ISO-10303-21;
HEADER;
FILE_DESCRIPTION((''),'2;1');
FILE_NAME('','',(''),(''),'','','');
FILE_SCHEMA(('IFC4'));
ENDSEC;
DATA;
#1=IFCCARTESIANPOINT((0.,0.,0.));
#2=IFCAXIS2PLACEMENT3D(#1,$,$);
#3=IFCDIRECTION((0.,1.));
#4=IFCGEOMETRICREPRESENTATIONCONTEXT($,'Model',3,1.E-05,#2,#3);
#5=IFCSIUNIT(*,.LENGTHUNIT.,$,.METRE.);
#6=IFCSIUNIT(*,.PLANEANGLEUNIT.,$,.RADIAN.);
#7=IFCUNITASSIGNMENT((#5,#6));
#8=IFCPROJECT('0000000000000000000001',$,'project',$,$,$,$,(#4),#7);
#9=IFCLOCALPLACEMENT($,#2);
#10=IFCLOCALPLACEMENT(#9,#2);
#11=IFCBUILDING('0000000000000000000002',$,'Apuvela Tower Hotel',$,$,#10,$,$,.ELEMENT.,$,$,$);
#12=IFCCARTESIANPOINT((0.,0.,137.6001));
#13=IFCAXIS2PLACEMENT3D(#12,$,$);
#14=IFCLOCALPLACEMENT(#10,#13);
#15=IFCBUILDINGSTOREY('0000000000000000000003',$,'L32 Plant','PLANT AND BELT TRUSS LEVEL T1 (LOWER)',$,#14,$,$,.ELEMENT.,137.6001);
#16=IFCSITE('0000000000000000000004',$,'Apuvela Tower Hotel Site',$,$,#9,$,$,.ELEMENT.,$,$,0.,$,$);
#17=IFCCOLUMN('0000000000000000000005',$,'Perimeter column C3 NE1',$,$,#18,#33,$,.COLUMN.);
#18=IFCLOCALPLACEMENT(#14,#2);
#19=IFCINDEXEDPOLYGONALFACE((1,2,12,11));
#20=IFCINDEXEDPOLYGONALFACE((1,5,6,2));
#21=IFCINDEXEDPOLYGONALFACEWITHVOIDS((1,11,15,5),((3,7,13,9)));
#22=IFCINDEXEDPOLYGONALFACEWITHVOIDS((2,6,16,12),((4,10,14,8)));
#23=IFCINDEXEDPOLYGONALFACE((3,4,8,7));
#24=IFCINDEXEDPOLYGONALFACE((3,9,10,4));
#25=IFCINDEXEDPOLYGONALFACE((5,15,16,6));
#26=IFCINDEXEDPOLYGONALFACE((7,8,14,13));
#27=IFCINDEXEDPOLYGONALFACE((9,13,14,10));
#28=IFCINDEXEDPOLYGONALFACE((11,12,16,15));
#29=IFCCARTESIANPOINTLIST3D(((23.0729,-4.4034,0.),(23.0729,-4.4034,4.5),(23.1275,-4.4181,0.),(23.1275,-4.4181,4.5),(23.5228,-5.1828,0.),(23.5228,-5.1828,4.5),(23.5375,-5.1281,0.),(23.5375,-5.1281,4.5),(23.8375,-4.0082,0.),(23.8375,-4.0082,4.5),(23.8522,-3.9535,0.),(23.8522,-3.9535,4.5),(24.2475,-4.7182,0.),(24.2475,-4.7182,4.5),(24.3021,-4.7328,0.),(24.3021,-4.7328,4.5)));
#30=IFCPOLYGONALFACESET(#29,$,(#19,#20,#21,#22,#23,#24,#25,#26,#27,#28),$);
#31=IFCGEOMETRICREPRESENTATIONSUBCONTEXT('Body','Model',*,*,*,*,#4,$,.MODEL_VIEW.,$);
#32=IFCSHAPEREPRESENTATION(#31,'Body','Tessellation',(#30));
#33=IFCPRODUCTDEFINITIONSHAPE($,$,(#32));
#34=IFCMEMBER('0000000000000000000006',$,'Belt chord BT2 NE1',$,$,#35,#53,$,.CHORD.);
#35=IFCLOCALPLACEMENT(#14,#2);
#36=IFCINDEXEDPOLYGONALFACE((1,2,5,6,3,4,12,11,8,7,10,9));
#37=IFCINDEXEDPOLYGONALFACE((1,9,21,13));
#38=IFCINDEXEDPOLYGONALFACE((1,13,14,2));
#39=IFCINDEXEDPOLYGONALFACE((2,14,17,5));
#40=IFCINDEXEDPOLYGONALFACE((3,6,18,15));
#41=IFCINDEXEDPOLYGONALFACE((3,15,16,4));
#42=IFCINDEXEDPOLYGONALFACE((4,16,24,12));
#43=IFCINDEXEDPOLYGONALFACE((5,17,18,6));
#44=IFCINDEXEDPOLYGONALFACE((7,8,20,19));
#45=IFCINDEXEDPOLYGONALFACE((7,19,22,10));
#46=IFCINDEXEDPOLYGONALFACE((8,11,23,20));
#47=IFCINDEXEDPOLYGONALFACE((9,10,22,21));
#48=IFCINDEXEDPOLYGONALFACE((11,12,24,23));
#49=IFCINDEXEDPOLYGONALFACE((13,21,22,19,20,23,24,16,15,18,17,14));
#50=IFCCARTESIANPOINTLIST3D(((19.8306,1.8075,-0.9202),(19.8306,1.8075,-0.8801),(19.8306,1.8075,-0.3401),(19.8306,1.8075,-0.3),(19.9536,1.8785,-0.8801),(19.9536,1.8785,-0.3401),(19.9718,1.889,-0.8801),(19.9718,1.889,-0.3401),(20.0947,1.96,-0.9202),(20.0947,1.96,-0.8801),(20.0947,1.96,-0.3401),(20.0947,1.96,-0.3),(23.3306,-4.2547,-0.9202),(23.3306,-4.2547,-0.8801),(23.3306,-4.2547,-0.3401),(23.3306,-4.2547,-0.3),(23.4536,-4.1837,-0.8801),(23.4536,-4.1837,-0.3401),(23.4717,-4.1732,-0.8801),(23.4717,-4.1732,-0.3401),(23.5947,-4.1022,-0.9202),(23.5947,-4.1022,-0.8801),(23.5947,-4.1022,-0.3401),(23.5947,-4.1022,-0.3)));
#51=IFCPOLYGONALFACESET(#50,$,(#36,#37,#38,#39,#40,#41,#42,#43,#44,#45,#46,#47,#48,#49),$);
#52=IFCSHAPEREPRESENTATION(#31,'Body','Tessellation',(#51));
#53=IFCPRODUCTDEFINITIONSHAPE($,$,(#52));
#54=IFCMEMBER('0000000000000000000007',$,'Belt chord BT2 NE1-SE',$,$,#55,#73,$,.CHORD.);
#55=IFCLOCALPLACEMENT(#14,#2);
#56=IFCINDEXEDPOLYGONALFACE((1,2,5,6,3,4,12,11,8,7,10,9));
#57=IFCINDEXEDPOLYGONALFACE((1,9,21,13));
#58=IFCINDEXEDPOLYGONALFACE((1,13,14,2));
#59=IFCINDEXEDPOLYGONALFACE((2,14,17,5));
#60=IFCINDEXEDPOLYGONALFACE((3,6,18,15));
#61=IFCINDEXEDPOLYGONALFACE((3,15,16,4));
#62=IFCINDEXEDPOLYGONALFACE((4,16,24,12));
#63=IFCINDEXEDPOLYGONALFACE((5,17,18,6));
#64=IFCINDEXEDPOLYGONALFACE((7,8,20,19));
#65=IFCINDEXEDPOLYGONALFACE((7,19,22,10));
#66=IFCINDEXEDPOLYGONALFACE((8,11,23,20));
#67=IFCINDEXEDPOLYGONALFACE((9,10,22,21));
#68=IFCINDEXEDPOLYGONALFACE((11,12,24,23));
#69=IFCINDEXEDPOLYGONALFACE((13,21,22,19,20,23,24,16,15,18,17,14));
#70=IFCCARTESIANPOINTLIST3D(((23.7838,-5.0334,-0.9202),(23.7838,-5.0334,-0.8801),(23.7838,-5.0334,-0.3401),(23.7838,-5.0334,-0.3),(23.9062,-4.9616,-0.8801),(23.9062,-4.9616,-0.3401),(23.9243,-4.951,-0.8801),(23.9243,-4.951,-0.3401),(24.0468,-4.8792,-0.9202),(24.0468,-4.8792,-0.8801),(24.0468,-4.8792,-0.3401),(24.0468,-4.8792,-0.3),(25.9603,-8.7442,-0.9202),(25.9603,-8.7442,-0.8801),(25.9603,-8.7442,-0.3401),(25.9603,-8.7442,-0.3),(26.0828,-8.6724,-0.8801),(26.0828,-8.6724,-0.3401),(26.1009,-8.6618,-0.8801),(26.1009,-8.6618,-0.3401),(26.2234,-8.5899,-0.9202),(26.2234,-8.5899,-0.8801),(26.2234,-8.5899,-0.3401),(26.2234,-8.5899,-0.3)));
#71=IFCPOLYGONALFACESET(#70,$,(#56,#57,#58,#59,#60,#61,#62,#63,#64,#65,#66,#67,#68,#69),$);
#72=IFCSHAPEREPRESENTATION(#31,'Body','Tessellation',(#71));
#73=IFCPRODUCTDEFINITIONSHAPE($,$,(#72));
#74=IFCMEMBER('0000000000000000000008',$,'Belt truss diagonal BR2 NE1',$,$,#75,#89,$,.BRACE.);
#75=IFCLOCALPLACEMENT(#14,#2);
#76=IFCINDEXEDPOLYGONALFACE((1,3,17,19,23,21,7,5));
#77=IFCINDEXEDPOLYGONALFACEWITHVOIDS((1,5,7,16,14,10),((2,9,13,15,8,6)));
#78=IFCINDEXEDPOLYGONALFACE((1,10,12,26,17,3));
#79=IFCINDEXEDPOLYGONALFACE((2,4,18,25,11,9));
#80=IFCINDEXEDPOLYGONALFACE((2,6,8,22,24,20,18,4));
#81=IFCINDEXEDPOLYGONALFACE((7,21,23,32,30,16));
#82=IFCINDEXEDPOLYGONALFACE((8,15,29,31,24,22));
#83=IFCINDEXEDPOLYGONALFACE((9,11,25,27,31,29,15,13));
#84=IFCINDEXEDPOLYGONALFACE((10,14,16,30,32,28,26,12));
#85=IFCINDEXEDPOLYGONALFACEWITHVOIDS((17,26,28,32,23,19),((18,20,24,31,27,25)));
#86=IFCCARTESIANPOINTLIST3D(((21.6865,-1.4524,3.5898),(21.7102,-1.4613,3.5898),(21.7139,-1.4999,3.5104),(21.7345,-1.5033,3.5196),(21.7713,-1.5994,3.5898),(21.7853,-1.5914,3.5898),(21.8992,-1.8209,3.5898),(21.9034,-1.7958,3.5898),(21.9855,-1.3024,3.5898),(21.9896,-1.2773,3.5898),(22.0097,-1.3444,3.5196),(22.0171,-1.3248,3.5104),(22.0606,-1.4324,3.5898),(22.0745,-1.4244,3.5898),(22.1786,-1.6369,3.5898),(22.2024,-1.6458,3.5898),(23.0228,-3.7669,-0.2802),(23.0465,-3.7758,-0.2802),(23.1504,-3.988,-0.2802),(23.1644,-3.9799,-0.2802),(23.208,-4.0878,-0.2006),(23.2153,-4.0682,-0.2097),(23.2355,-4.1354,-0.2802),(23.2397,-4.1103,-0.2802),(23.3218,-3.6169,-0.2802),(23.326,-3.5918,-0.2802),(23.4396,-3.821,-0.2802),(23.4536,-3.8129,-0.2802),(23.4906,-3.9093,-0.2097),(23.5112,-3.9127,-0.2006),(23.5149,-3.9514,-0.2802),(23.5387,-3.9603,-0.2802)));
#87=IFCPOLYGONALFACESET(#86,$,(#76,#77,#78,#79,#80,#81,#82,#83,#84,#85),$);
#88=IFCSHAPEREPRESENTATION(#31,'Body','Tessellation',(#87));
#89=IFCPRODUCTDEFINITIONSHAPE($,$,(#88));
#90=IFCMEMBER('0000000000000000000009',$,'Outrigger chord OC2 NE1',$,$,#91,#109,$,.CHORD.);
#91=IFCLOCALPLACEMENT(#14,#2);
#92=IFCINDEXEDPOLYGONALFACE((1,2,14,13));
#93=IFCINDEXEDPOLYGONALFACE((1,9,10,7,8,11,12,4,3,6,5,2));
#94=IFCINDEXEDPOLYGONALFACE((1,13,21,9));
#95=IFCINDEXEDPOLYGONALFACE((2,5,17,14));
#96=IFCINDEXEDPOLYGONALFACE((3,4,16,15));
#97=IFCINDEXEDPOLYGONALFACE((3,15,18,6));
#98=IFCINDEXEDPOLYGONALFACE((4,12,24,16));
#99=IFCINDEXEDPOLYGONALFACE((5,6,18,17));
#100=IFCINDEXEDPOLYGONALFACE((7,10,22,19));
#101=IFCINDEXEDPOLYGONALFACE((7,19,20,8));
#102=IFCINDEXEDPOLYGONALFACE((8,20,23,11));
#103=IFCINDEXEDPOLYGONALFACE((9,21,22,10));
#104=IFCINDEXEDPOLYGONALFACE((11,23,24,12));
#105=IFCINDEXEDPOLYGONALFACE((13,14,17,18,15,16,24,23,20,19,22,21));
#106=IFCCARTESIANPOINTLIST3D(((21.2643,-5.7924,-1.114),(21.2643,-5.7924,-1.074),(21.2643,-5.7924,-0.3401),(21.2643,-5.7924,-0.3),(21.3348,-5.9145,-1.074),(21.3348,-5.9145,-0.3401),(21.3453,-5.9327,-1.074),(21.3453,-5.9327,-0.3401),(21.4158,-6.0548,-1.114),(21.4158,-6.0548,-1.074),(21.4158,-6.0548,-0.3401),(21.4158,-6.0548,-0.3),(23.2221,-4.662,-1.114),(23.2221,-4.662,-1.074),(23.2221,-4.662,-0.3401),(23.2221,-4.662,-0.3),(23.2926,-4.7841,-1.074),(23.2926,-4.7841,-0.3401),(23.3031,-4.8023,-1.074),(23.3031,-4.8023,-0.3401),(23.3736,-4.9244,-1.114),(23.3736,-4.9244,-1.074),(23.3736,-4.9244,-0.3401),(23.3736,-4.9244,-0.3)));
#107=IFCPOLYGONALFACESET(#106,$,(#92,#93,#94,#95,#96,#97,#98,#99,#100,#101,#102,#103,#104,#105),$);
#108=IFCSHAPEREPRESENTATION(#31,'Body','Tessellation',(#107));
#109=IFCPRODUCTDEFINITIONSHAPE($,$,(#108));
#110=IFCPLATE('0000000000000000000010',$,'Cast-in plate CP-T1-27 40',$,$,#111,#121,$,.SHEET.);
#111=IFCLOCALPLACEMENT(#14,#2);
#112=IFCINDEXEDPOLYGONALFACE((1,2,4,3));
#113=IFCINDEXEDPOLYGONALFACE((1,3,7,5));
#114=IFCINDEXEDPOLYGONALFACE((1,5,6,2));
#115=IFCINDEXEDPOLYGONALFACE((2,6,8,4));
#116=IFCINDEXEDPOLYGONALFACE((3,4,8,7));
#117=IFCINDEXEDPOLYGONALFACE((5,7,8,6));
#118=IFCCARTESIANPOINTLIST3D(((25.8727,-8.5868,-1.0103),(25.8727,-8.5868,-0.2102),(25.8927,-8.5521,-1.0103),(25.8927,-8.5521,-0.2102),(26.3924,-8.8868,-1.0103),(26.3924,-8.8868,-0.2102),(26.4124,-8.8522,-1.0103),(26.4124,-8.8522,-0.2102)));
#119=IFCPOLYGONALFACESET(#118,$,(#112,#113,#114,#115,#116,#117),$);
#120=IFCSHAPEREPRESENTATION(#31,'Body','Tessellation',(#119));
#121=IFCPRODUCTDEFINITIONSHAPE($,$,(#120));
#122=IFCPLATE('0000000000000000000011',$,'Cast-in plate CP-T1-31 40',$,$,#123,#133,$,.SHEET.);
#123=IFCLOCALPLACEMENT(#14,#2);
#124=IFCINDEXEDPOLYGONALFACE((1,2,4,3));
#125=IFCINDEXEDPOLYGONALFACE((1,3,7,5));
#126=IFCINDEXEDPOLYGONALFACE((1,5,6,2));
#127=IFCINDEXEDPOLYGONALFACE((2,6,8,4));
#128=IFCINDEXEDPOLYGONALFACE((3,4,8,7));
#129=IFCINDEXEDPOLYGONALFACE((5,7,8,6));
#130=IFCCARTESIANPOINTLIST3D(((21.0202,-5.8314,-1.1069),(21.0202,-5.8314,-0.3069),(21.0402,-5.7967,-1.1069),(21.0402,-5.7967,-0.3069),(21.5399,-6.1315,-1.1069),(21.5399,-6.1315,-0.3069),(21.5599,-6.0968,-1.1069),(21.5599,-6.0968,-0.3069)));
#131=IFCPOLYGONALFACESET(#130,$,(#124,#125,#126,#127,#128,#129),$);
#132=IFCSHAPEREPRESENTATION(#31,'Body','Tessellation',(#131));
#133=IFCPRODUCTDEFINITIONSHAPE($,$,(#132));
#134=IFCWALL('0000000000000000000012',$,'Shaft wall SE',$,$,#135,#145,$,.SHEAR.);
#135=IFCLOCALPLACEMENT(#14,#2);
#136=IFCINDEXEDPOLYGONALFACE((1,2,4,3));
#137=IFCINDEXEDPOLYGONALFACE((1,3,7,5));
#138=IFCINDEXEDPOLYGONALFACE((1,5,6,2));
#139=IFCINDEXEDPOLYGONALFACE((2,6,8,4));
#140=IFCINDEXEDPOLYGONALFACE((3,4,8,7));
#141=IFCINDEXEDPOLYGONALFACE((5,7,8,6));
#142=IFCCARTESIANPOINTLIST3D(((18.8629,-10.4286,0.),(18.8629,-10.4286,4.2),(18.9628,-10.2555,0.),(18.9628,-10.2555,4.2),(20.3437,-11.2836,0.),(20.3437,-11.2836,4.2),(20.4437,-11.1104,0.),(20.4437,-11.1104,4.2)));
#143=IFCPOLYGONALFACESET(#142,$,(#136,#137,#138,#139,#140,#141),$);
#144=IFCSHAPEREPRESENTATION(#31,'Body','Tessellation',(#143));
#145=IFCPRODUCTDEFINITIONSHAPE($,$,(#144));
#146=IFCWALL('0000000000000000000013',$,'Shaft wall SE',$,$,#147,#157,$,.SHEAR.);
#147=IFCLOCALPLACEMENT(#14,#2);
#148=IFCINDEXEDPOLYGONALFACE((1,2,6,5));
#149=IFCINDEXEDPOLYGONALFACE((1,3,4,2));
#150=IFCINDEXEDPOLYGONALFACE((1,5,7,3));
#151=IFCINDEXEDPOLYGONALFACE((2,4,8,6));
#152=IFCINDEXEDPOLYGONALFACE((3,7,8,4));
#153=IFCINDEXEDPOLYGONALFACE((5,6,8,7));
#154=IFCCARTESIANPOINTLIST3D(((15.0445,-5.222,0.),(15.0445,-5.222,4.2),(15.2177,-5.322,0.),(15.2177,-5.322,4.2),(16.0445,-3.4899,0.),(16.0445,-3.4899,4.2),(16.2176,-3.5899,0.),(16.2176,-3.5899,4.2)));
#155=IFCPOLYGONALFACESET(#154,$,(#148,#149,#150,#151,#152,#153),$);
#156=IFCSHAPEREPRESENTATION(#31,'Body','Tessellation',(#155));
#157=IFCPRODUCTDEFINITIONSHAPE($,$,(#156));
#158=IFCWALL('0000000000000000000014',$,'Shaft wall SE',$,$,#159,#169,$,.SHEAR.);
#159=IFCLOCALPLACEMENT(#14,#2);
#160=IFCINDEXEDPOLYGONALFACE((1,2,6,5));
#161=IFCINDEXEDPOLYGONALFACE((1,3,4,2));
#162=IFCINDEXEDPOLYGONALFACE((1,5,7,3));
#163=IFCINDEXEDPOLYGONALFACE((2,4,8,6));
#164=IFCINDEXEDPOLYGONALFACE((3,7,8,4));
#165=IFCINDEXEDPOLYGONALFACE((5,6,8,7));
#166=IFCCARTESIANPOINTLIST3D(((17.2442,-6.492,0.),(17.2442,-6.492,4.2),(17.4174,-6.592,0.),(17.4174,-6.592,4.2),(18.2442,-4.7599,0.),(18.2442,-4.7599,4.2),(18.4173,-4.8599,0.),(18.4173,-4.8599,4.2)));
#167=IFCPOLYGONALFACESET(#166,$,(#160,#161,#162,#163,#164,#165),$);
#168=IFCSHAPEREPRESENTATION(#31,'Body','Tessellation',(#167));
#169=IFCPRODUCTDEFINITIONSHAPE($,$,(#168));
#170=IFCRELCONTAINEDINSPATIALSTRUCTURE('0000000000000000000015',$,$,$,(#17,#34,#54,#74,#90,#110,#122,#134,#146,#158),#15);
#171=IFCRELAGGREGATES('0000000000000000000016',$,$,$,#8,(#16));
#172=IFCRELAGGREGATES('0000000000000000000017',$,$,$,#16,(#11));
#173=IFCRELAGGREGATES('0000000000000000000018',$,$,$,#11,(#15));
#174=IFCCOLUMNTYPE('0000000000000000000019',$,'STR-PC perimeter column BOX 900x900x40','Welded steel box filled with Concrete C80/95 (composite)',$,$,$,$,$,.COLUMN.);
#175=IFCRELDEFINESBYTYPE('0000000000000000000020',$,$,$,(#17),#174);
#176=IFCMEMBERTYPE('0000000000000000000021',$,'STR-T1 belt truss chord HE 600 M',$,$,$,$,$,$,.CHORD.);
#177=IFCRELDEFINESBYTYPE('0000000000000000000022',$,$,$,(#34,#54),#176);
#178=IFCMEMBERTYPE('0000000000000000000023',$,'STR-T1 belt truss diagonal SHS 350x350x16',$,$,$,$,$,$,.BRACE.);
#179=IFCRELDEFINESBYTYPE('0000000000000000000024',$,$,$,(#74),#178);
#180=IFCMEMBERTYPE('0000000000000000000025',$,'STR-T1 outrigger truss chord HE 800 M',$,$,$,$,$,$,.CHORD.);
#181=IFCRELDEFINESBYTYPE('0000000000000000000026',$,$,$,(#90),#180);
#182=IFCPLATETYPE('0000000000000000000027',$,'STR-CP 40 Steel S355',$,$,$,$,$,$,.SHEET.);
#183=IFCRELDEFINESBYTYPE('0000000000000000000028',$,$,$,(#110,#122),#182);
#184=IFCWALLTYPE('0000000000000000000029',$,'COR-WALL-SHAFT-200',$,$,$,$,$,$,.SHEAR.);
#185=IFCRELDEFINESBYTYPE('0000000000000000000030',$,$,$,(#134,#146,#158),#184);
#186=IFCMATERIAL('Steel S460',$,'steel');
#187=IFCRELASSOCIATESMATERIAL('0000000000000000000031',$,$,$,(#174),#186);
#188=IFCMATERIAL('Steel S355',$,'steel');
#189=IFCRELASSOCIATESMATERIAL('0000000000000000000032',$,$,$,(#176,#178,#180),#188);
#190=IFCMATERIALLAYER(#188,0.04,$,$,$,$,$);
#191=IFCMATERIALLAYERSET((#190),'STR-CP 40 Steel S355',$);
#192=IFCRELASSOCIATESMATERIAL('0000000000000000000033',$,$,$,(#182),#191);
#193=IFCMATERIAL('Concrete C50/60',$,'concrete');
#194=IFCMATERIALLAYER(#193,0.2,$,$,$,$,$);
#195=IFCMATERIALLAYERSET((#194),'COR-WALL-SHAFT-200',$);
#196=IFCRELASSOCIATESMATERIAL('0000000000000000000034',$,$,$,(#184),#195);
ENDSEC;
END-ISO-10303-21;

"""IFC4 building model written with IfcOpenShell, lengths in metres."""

from ifc_helpers import new_model, si_unit, direction, frame, frame_2d, origin, origin_2d, place, context, subcontext, project, spatial, rectangle, hollow_rectangle, i_section, extrude, boolean, halfspace, material, layer, layer_set, material_profile, profile_set, type_object, element, save


model = new_model("IFC4")

# Units and contexts
model_context = context("Model", 3, precision=1e-05, world=origin(), true_north=direction((0.0, 1.0)))
body_context = subcontext(model_context, "Body", "Model", "MODEL_VIEW")
ifc_project = project(units=[si_unit("LENGTHUNIT", "METRE"), si_unit("PLANEANGLEUNIT", "RADIAN")], contexts=[model_context])

# Site, building, storey
site_placement = place(None, origin())
site = spatial("IfcSite", under=ifc_project, at=site_placement, Name="Apuvela Tower Hotel Site", CompositionType="ELEMENT", RefElevation=0.0)
building_placement = place(site_placement, origin())
building = spatial("IfcBuilding", under=site, at=building_placement, Name="Apuvela Tower Hotel", CompositionType="ELEMENT")
storey_placement = place(building_placement, frame((0.0, 0.0, 137.6001)))
storey = spatial("IfcBuildingStorey", under=building, at=storey_placement, Name="L32 Plant", Description="PLANT AND BELT TRUSS LEVEL T1 (LOWER)", CompositionType="ELEMENT", Elevation=137.6001)

# Column
ifc_material_1 = material(Name="Steel S460", Category="steel")
ifc_material_profile_1 = material_profile(ifc_material_1, hollow_rectangle(XDim=0.8999, YDim=0.8999, WallThickness=0.04, at=origin_2d()), Name="BOX 900x900x40")
ifc_material_2 = material(Name="Concrete C80/95", Category="concrete")
ifc_material_profile_2 = material_profile(ifc_material_2, rectangle(XDim=0.8201, YDim=0.8201, at=origin_2d()), Name="Concrete C80/95 infill")
ifc_profile_set_1 = profile_set([ifc_material_profile_1, ifc_material_profile_2], Name="Steel S460")
column_type = type_object("IfcColumnType", Name="STR-PC perimeter column BOX 900x900x40", Description="Welded steel box filled with Concrete C80/95 (composite)", PredefinedType="COLUMN", material=ifc_profile_set_1)
column_placement = place(storey_placement, frame((23.6875, -4.5681, 0.0), z_axis=(0.0, 0.0, 1.0), x_axis=(-0.5, 0.866025, 0.0)))
element("IfcColumn", 1, at=column_placement, inside=storey, type_object=column_type, Name="Perimeter column C3 NE1", PredefinedType="COLUMN", context=body_context, shape_type="SweptSolid", body=[
    extrude(hollow_rectangle(XDim=0.8999, YDim=0.8999, WallThickness=0.04, at=origin_2d()), origin(), (0.0, 0.0, 1.0), 4.5),
])

# Members
ifc_material_3 = material(Name="Steel S355", Category="steel")
ifc_material_profile_3 = material_profile(ifc_material_3, i_section(OverallWidth=0.3049, OverallDepth=0.6201, WebThickness=0.021, FlangeThickness=0.04, at=origin_2d()), Name="HE 600 M")
ifc_profile_set_2 = profile_set([ifc_material_profile_3], Name="Steel S355")
member_type_1 = type_object("IfcMemberType", Name="STR-T1 belt truss chord HE 600 M", PredefinedType="CHORD", material=ifc_profile_set_2)
member_1_placement = place(storey_placement, frame((23.4626, -4.1785, -0.6101), z_axis=(-0.499995, 0.866028, 0.0), x_axis=(-0.866028, -0.499995, 0.0)))
element("IfcMember", 2, at=member_1_placement, inside=storey, type_object=member_type_1, Name="Belt chord BT2 NE1", PredefinedType="CHORD", context=body_context, shape_type="SweptSolid", body=[
    extrude(i_section(OverallWidth=0.3049, OverallDepth=0.6201, WebThickness=0.021, FlangeThickness=0.04, at=origin_2d()), origin(), (0.0, 0.0, 1.0), 7.0),
])
member_2_placement = place(storey_placement, frame((23.9153, -4.9563, -0.6101), z_axis=(0.505941, -0.862568, 0.0), x_axis=(0.862568, 0.505941, 0.0)))
element("IfcMember", 3, at=member_2_placement, inside=storey, type_object=member_type_1, Name="Belt chord BT2 NE1-SE", PredefinedType="CHORD", context=body_context, shape_type="SweptSolid", body=[
    extrude(i_section(OverallWidth=0.3049, OverallDepth=0.6201, WebThickness=0.021, FlangeThickness=0.04, at=origin_2d()), origin(), (0.0, 0.0, 1.0), 4.302),
])
ifc_material_profile_4 = material_profile(ifc_material_3, hollow_rectangle(XDim=0.3501, YDim=0.3501, WallThickness=0.0161, at=origin_2d()), Name="SHS 350x350x16")
ifc_profile_set_3 = profile_set([ifc_material_profile_4], Name="Steel S355")
member_type_2 = type_object("IfcMemberType", Name="STR-T1 belt truss diagonal SHS 350x350x16", PredefinedType="BRACE", material=ifc_profile_set_3)
member_3_placement = place(storey_placement, frame((23.2876, -3.8755, -0.3), z_axis=(-0.284132, 0.492119, 0.822853), x_axis=(0.411434, -0.712607, 0.568254)))
solid_1 = boolean("DIFFERENCE", boolean("DIFFERENCE", extrude(hollow_rectangle(XDim=0.3501, YDim=0.3501, WallThickness=0.0161, at=origin_2d()), frame((0.0, 0.0, -0.2407)), (0.0, 0.0, 1.0), 5.2332), halfspace(frame((0.0, 0.0, 0.0242), z_axis=(0.568254, 0.0, 0.822853), x_axis=(0.822853, 0.0, -0.568254)), True)), halfspace(frame((0.0, 0.0, 4.7273), z_axis=(0.568254, 0.0, 0.822853), x_axis=(0.822853, 0.0, -0.568254)), False))
element("IfcMember", 4, at=member_3_placement, inside=storey, type_object=member_type_2, Name="Belt truss diagonal BR2 NE1", PredefinedType="BRACE", context=body_context, shape_type="SweptSolid", body=[
    boolean("UNION", boolean("DIFFERENCE", boolean("DIFFERENCE", extrude(hollow_rectangle(XDim=0.3501, YDim=0.3501, WallThickness=0.0161, at=origin_2d()), origin(), (0.0, 0.0, 1.0), 4.7517), halfspace(frame((0.0, 0.0, 0.0242), z_axis=(0.568254, 0.0, 0.822853), x_axis=(0.822853, 0.0, -0.568254)), True)), halfspace(frame((0.0, 0.0, 4.7273), z_axis=(0.568254, 0.0, 0.822853), x_axis=(0.822853, 0.0, -0.568254)), False)), solid_1),
])
ifc_material_profile_5 = material_profile(ifc_material_3, i_section(OverallWidth=0.303, OverallDepth=0.814, WebThickness=0.021, FlangeThickness=0.04, at=origin_2d()), Name="HE 800 M")
ifc_profile_set_4 = profile_set([ifc_material_profile_5], Name="Steel S355")
member_type_3 = type_object("IfcMemberType", Name="STR-T1 outrigger truss chord HE 800 M", PredefinedType="CHORD", material=ifc_profile_set_4)
member_4_placement = place(storey_placement, frame((23.2979, -4.7932, -0.707), z_axis=(-0.866015, -0.500018, 0.0), x_axis=(0.500018, -0.866015, 0.0)))
element("IfcMember", 5, at=member_4_placement, inside=storey, type_object=member_type_3, Name="Outrigger chord OC2 NE1", PredefinedType="CHORD", context=body_context, shape_type="SweptSolid", body=[
    extrude(i_section(OverallWidth=0.303, OverallDepth=0.814, WebThickness=0.021, FlangeThickness=0.04, at=origin_2d()), origin(), (0.0, 0.0, 1.0), 2.2607),
])

# Plates
ifc_layer_1 = layer(ifc_material_3, 0.04)
ifc_layer_set_1 = layer_set([ifc_layer_1], Name="STR-CP 40 Steel S355")
plate_type = type_object("IfcPlateType", Name="STR-CP 40 Steel S355", PredefinedType="SHEET", material=ifc_layer_set_1)
for number, where, z_axis, x_axis, name in (
    (6, (26.1426, -8.7195, -1.0103), (0.0, 0.0, 1.0), (0.5, 0.866025, 0.0), "Cast-in plate CP-T1-27 40"),
    (7, (21.29, -5.9641, -1.1069), (0.0, 0.0, 1.0), (-0.5, -0.866025, 0.0), "Cast-in plate CP-T1-31 40"),
):
    element("IfcPlate", number, at=place(storey_placement, frame(where, z_axis=z_axis, x_axis=x_axis)), inside=storey, type_object=plate_type, Name=name, PredefinedType="SHEET", context=body_context, shape_type="SweptSolid", body=[
        extrude(rectangle(XDim=0.04, YDim=0.6001, at=origin_2d()), origin(), (0.0, 0.0, 1.0), 0.8),
    ])

# Walls
ifc_material_4 = material(Name="Concrete C50/60", Category="concrete")
ifc_layer_2 = layer(ifc_material_4, 0.2)
ifc_layer_set_2 = layer_set([ifc_layer_2], Name="COR-WALL-SHAFT-200")
wall_type_1 = type_object("IfcWallType", Name="COR-WALL-SHAFT-200", PredefinedType="SHEAR", material=ifc_layer_set_2)
wall_1_placement = place(storey_placement, frame((18.9128, -10.342, 0.0), z_axis=(0.0, 0.0, 1.0), x_axis=(0.866038, -0.499978, 0.0)))
element("IfcWall", 8, at=wall_1_placement, inside=storey, type_object=wall_type_1, Name="Shaft wall SE", PredefinedType="SHEAR", context=body_context, shape_type="SweptSolid", body=[
    extrude(rectangle(XDim=1.71, YDim=0.2, at=frame_2d((0.855, 0.0))), origin(), (0.0, 0.0, 1.0), 4.2),
])
for number, where, z_axis, x_axis, name in (
    (9, (15.1311, -5.272, 0.0), (0.0, 0.0, 1.0), (0.499973, 0.866041, 0.0), "Shaft wall SE"),
    (10, (17.3308, -6.542, 0.0), (0.0, 0.0, 1.0), (0.499973, 0.866041, 0.0), "Shaft wall SE"),
):
    element("IfcWall", number, at=place(storey_placement, frame(where, z_axis=z_axis, x_axis=x_axis)), inside=storey, type_object=wall_type_1, Name=name, PredefinedType="SHEAR", context=body_context, shape_type="SweptSolid", body=[
        extrude(rectangle(XDim=2.0, YDim=0.2, at=frame_2d((1.0, 0.0))), origin(), (0.0, 0.0, 1.0), 4.2),
    ])

save(model, "model.ifc")
